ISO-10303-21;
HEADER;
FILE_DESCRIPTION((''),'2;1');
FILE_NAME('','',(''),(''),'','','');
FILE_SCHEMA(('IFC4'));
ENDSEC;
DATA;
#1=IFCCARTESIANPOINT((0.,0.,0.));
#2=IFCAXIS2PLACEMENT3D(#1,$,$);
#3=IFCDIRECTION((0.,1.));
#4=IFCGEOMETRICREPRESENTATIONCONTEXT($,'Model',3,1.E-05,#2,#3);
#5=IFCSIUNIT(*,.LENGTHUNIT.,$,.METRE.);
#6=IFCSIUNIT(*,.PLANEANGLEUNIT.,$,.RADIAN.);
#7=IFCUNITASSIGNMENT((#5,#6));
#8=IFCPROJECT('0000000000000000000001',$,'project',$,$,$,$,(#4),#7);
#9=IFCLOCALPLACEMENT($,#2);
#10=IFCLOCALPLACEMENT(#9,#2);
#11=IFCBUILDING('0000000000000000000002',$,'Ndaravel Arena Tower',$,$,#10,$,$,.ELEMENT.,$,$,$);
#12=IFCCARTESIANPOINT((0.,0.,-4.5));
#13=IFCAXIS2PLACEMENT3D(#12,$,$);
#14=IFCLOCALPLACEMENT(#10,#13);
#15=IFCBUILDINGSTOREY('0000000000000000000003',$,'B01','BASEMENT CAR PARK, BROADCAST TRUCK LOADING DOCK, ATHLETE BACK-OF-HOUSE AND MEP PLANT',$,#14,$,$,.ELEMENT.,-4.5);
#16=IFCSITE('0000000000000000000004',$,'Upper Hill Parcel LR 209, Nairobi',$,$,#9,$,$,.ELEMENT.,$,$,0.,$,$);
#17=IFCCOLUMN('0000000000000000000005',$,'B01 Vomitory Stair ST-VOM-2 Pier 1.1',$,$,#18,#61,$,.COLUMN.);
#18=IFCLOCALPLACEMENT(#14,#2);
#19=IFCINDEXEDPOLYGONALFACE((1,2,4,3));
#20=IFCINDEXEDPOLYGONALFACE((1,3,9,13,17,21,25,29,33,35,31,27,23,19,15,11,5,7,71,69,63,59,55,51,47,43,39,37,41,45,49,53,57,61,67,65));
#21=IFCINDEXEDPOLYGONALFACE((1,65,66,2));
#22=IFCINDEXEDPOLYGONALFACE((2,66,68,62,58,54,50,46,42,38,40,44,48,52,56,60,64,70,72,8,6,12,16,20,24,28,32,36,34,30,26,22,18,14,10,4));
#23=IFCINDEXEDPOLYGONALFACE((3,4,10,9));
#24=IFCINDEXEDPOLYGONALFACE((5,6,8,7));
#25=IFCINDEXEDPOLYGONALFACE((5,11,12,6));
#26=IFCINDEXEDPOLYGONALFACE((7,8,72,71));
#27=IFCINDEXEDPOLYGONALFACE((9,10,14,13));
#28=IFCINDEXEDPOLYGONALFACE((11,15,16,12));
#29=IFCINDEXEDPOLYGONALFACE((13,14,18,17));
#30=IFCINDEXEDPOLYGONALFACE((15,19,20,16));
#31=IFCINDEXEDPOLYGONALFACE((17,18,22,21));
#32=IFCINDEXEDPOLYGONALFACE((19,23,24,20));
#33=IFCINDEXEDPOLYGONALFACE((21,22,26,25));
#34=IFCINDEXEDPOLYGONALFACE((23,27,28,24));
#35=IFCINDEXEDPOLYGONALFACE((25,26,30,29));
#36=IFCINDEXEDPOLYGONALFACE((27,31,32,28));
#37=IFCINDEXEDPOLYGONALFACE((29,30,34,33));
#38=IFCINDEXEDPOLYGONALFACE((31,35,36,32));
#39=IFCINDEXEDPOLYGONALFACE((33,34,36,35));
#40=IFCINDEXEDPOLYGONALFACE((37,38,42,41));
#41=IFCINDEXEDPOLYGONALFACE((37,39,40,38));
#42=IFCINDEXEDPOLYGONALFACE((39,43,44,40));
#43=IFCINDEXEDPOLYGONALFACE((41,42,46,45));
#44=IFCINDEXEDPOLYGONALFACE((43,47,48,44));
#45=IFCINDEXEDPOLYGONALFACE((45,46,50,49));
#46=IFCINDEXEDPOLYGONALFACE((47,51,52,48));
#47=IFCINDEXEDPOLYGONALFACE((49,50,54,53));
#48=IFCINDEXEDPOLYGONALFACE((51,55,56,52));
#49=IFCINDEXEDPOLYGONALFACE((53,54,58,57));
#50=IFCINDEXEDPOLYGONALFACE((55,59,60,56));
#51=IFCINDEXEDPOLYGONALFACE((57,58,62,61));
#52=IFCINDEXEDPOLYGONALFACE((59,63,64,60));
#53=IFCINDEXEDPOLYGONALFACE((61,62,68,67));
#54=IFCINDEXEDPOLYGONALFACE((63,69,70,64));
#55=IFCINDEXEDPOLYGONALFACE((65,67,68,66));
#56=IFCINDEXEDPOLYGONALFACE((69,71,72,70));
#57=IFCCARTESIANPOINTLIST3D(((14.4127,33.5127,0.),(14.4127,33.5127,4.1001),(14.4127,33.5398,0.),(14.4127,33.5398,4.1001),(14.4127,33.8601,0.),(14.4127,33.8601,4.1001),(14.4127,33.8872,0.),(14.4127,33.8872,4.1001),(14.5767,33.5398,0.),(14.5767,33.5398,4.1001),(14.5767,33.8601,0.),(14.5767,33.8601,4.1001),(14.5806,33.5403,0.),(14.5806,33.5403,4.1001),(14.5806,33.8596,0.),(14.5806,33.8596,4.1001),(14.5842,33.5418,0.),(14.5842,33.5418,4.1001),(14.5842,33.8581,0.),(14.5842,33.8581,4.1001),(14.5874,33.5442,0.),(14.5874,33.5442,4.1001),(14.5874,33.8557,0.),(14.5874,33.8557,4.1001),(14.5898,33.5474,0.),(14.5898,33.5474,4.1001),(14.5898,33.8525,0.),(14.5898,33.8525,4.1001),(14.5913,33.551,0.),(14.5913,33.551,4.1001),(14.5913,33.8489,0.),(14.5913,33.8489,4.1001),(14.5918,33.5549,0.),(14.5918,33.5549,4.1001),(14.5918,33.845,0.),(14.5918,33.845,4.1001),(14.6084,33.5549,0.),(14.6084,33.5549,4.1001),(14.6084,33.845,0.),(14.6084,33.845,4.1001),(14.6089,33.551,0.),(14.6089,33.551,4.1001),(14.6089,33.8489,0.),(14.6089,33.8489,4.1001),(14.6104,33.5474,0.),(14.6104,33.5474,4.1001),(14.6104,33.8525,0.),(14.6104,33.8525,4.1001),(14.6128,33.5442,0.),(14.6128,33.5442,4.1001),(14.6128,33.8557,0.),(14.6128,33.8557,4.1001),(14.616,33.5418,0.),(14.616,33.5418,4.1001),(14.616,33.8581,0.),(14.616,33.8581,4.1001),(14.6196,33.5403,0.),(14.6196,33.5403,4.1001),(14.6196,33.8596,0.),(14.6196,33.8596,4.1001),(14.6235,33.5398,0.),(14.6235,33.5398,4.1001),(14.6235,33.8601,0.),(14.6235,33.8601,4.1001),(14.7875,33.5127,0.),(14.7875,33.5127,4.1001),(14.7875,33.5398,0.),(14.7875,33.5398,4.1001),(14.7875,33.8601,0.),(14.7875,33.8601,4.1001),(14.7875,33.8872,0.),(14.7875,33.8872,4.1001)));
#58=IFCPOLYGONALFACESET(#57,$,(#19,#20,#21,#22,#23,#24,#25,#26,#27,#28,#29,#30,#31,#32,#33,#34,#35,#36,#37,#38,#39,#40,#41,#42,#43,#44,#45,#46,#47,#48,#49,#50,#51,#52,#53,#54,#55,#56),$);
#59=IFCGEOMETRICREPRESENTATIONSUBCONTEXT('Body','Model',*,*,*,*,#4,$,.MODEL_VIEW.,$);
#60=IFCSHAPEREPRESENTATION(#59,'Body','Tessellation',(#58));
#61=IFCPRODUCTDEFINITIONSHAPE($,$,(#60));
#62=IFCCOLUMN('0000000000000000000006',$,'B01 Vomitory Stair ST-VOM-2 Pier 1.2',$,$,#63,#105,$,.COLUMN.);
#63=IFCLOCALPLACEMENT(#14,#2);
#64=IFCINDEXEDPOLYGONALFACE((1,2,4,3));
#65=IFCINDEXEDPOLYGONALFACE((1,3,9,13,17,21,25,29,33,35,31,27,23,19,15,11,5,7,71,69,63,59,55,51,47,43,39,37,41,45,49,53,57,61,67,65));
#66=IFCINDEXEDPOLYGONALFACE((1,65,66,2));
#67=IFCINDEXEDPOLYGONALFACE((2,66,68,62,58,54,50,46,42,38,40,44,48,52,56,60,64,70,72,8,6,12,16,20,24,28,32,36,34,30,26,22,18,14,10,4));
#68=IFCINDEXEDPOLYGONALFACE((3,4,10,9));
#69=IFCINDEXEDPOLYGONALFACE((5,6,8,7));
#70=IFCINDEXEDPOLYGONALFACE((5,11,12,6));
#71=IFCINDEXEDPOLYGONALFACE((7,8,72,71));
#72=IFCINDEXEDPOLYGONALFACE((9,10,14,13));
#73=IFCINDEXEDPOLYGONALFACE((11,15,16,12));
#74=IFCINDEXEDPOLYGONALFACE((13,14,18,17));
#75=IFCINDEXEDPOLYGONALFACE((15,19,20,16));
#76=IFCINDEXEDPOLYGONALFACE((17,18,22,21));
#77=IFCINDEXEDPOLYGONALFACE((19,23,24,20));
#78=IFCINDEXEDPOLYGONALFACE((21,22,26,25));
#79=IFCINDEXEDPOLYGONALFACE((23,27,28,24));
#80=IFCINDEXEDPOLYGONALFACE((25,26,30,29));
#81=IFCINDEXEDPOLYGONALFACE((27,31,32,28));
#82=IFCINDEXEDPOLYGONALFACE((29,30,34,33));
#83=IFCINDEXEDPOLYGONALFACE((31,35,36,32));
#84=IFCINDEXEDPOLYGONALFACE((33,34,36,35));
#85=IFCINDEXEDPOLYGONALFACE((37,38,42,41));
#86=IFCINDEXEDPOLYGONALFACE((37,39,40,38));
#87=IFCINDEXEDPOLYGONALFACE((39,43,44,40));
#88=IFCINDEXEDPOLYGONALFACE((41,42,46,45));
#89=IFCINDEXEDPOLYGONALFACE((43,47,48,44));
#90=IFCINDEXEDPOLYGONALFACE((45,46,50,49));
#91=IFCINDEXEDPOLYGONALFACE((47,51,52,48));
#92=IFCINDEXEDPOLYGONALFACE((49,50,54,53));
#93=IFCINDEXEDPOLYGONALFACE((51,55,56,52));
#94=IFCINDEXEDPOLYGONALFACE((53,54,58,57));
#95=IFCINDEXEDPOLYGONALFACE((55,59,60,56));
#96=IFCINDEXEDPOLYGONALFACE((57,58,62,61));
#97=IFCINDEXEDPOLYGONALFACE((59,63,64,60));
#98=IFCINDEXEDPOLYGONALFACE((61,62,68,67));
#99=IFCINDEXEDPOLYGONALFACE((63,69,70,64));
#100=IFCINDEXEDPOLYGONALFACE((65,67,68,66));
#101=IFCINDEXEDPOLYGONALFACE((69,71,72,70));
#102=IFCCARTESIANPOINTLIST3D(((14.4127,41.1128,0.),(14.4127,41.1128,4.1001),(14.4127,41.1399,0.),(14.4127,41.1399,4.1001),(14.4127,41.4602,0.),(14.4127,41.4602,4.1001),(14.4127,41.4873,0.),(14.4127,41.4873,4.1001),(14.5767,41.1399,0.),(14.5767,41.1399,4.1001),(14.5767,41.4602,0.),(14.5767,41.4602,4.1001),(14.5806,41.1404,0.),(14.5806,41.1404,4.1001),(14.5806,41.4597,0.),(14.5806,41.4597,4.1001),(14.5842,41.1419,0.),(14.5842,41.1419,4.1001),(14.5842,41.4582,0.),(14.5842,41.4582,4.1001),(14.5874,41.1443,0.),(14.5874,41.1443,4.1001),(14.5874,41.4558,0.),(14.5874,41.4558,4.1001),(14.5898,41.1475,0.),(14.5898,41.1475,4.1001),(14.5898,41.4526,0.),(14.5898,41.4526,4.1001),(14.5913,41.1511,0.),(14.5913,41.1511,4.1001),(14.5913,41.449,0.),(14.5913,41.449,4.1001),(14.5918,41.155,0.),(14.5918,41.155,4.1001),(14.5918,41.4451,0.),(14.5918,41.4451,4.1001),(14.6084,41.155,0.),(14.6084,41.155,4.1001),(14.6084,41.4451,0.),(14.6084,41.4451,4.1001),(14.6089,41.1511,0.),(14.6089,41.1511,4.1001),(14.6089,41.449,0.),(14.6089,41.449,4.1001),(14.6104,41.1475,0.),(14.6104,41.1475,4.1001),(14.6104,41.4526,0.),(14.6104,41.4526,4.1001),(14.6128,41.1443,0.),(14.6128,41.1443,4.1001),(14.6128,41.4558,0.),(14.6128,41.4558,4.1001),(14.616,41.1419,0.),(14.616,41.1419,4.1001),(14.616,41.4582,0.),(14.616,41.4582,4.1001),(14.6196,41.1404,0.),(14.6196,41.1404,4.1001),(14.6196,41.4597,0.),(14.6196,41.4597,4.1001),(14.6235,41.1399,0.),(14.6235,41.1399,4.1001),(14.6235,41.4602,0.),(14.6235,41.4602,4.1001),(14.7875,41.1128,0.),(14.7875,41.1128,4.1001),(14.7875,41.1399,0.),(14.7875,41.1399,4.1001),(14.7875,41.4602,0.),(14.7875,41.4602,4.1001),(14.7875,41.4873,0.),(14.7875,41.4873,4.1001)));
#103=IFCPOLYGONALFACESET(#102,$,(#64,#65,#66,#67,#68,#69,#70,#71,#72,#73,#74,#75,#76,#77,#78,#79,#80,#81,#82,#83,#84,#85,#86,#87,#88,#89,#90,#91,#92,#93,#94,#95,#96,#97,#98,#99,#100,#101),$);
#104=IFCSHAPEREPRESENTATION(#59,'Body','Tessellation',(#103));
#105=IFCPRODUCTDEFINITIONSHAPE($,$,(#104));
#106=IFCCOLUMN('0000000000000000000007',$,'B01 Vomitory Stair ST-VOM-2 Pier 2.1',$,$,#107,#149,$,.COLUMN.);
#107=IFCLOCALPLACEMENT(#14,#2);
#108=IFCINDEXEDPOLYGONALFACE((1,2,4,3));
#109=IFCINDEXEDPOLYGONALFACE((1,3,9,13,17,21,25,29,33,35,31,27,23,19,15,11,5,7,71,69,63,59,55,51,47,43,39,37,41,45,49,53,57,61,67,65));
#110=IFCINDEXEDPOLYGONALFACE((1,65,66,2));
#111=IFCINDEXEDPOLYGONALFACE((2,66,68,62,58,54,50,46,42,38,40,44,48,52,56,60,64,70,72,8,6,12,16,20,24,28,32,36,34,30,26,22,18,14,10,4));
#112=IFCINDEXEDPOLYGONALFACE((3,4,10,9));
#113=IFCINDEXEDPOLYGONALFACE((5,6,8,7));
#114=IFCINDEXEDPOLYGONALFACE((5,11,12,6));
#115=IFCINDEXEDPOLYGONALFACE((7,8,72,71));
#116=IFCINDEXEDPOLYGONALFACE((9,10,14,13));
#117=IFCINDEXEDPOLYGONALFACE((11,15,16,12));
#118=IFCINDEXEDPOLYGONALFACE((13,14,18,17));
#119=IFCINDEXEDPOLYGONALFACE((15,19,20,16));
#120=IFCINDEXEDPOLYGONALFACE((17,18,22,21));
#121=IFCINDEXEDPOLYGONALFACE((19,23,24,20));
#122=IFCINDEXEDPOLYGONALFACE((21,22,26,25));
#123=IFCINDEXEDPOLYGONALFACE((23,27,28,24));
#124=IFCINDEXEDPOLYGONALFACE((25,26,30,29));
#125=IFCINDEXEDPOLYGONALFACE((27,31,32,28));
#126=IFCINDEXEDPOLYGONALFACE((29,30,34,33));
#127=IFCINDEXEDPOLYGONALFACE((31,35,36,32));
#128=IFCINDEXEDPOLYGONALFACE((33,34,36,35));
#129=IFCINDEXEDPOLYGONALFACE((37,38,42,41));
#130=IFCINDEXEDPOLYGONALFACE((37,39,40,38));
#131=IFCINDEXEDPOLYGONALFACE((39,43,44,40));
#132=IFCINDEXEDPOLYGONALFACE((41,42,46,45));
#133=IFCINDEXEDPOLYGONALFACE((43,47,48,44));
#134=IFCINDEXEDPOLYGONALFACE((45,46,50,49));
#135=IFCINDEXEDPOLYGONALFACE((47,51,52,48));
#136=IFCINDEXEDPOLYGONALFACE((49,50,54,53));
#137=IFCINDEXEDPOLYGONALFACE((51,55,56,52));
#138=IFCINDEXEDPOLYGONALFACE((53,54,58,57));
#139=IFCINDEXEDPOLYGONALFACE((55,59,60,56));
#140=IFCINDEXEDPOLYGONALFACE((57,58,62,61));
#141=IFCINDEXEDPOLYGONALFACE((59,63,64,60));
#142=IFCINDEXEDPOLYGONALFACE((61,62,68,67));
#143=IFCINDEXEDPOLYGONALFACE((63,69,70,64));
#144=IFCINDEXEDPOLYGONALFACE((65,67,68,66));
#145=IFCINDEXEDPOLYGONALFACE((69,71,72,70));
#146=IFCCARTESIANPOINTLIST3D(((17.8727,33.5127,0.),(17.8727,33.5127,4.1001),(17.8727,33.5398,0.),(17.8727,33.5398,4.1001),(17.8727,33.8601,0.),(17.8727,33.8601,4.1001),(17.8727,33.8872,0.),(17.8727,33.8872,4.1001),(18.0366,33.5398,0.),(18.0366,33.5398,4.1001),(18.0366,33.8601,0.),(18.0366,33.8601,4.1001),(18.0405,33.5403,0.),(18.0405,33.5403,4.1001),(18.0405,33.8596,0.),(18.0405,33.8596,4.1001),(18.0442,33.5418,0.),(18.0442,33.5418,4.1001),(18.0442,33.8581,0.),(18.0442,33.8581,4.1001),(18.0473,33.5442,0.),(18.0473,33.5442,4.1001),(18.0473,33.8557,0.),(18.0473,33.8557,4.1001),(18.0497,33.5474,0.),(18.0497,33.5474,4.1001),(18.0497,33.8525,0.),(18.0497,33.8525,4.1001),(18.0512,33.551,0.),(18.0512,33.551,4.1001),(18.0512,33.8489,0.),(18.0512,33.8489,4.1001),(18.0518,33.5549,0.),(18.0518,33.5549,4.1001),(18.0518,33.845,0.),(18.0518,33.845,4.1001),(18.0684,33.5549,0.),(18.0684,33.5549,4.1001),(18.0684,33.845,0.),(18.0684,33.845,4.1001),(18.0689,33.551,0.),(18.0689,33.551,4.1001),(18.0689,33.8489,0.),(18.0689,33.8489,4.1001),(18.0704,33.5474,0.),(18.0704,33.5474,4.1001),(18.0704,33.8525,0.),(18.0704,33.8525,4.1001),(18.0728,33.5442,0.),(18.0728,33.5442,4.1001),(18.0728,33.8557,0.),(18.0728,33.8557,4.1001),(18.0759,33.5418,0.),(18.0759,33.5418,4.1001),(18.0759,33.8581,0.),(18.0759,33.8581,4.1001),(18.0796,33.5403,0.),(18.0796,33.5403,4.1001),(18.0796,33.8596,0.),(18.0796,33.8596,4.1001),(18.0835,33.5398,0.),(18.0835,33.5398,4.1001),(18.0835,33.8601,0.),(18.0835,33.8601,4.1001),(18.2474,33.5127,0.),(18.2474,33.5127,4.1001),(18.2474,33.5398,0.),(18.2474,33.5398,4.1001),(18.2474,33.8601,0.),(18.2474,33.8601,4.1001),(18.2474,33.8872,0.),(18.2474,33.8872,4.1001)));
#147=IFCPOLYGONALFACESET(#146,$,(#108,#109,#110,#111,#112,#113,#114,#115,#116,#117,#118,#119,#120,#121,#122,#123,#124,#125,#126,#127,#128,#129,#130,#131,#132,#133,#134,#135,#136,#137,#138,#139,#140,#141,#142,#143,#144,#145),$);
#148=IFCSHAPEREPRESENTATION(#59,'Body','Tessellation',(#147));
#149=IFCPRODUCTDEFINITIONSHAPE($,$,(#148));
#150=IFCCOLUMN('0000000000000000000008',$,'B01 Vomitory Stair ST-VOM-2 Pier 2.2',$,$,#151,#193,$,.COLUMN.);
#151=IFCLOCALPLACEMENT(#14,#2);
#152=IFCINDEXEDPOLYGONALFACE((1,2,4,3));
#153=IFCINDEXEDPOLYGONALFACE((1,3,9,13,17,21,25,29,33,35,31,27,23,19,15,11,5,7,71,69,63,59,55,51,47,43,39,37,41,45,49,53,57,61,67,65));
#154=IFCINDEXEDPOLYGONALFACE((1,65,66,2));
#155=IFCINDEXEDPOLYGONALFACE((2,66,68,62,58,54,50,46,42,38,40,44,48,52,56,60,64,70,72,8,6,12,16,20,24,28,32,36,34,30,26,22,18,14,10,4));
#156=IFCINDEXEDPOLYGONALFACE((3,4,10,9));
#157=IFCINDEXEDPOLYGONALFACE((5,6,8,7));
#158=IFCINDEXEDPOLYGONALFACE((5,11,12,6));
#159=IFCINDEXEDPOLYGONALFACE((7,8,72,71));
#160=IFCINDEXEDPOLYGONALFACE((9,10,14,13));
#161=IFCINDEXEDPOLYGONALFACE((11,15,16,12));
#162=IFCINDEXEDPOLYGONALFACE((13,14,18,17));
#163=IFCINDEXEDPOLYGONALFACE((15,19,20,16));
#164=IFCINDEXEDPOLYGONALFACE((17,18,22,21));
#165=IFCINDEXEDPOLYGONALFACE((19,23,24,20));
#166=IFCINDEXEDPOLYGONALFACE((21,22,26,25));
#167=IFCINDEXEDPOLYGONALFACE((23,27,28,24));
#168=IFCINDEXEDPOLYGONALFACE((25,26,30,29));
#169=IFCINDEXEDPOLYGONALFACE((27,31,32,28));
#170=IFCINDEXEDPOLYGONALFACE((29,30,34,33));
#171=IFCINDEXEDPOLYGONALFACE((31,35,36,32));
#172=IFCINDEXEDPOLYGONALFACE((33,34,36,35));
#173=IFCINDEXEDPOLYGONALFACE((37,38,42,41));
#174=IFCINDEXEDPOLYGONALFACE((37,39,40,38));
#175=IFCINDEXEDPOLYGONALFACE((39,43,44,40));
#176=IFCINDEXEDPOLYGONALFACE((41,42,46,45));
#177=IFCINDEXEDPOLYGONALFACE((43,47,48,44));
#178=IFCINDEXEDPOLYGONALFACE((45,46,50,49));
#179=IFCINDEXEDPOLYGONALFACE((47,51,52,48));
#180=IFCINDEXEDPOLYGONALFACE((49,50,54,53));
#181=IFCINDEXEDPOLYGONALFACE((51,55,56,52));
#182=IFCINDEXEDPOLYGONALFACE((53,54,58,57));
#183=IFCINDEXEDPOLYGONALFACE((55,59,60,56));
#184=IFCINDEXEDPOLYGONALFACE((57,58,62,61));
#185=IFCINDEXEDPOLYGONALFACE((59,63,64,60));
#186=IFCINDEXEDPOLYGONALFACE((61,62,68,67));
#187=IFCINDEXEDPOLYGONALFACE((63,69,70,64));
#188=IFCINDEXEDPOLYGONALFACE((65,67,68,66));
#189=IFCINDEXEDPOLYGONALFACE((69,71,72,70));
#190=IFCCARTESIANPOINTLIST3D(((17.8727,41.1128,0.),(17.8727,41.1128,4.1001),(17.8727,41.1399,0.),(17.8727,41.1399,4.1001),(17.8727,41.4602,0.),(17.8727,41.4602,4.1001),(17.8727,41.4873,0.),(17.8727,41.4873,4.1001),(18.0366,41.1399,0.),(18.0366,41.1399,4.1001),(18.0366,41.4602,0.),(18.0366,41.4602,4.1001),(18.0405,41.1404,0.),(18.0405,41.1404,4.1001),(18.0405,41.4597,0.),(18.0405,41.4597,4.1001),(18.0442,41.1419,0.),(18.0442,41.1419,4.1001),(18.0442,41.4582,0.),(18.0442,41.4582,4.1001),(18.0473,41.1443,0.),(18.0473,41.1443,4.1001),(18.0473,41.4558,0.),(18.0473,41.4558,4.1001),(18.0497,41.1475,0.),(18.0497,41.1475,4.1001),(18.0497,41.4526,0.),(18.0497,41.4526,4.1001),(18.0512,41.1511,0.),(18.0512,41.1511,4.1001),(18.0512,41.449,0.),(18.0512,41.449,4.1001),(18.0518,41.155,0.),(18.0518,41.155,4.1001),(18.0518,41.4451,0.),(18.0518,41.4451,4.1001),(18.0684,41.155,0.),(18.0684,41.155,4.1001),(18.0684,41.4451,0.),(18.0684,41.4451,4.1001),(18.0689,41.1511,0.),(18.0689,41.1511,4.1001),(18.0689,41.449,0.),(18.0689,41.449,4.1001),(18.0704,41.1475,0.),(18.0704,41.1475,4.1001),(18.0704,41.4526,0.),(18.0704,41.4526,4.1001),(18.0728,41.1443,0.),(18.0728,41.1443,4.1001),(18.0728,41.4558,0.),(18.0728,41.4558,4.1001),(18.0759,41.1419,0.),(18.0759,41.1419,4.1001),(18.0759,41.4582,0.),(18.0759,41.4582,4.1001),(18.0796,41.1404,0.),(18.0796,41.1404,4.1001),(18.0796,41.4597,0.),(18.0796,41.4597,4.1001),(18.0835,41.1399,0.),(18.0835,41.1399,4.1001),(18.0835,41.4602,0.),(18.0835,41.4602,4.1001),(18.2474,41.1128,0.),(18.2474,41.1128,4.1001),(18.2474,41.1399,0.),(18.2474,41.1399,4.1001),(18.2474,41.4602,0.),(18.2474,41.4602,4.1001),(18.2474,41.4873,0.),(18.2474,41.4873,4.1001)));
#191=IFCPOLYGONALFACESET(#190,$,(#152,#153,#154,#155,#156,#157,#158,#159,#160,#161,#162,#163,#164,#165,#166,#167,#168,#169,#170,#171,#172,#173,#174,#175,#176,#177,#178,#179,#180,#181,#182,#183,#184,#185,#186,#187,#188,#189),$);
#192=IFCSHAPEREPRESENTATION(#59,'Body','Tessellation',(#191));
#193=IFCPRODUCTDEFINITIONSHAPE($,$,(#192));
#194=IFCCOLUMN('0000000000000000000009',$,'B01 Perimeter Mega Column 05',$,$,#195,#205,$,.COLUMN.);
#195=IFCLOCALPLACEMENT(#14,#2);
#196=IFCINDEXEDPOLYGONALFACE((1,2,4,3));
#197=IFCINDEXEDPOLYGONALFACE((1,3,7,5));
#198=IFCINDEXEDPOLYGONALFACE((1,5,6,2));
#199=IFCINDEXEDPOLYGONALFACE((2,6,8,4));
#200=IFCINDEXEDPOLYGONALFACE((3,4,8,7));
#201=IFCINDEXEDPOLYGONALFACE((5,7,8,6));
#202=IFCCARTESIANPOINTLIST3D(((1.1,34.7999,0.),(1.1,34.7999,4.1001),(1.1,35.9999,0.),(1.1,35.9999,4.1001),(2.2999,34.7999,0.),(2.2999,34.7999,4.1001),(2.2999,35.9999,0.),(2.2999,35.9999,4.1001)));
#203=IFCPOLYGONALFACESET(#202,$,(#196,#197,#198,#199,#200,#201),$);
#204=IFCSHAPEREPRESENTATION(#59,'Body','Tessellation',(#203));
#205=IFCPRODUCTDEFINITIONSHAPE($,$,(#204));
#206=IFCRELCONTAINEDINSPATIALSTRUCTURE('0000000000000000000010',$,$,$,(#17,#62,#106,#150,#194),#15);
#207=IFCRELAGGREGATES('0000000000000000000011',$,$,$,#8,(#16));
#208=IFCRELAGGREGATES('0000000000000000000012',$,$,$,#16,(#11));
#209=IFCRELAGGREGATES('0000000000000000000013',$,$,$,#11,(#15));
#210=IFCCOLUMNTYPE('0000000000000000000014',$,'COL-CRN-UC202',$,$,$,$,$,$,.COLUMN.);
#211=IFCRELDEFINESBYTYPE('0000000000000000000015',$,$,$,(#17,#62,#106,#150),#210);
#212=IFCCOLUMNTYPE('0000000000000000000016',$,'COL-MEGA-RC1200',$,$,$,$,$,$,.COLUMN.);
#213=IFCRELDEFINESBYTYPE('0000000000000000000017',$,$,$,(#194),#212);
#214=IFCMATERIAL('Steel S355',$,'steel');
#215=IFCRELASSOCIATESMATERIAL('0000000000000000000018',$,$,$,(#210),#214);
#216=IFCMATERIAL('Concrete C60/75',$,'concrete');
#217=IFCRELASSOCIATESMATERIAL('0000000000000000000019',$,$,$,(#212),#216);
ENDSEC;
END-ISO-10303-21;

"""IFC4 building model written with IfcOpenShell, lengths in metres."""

from ifc_helpers import new_model, si_unit, direction, frame, origin, origin_2d, place, context, subcontext, project, spatial, rectangle, i_section, extrude, material, material_profile, profile_set, type_object, element, save


model = new_model("IFC4")

# Units and contexts
model_context = context("Model", 3, precision=1e-05, world=origin(), true_north=direction((0.0, 1.0)))
body_context = subcontext(model_context, "Body", "Model", "MODEL_VIEW")
ifc_project = project(units=[si_unit("LENGTHUNIT", "METRE"), si_unit("PLANEANGLEUNIT", "RADIAN")], contexts=[model_context])

# Site, building, storey
site_placement = place(None, origin())
site = spatial("IfcSite", under=ifc_project, at=site_placement, Name="Upper Hill Parcel LR 209, Nairobi", CompositionType="ELEMENT", RefElevation=0.0)
building_placement = place(site_placement, origin())
building = spatial("IfcBuilding", under=site, at=building_placement, Name="Ndaravel Arena Tower", CompositionType="ELEMENT")
storey_placement = place(building_placement, frame((0.0, 0.0, -4.5)))
storey = spatial("IfcBuildingStorey", under=building, at=storey_placement, Name="B01", Description="BASEMENT CAR PARK, BROADCAST TRUCK LOADING DOCK, ATHLETE BACK-OF-HOUSE AND MEP PLANT", CompositionType="ELEMENT", Elevation=-4.5)

# Columns
ifc_material_1 = material(Name="Steel S355", Category="steel")
ifc_material_profile_1 = material_profile(ifc_material_1, i_section(OverallWidth=0.3748, OverallDepth=0.3745, WebThickness=0.0166, FlangeThickness=0.0271, FilletRadius=0.0151, at=origin_2d()), Name="UC 356x368x202")
ifc_profile_set_1 = profile_set([ifc_material_profile_1], Name="Steel S355")
column_type_1 = type_object("IfcColumnType", Name="COL-CRN-UC202", PredefinedType="COLUMN", material=ifc_profile_set_1)
for number, where, z_axis, x_axis, name in (
    (1, (14.6001, 33.7, 0.0), (0.0, 0.0, 1.0), (1.0, 0.0, 0.0), "B01 Vomitory Stair ST-VOM-2 Pier 1.1"),
    (2, (14.6001, 41.3, 0.0), (0.0, 0.0, 1.0), (1.0, 0.0, 0.0), "B01 Vomitory Stair ST-VOM-2 Pier 1.2"),
    (3, (18.0601, 33.7, 0.0), (0.0, 0.0, 1.0), (1.0, 0.0, 0.0), "B01 Vomitory Stair ST-VOM-2 Pier 2.1"),
    (4, (18.0601, 41.3, 0.0), (0.0, 0.0, 1.0), (1.0, 0.0, 0.0), "B01 Vomitory Stair ST-VOM-2 Pier 2.2"),
):
    element("IfcColumn", number, at=place(storey_placement, frame(where, z_axis=z_axis, x_axis=x_axis)), inside=storey, type_object=column_type_1, Name=name, PredefinedType="COLUMN", context=body_context, shape_type="SweptSolid", body=[
        extrude(i_section(OverallWidth=0.3748, OverallDepth=0.3745, WebThickness=0.0166, FlangeThickness=0.0271, FilletRadius=0.0151, at=origin_2d()), origin(), (0.0, 0.0, 1.0), 4.1001),
    ])
ifc_material_2 = material(Name="Concrete C60/75", Category="concrete")
ifc_material_profile_2 = material_profile(ifc_material_2, rectangle(XDim=1.2, YDim=1.2, at=origin_2d()), Name="RC 1200x1200")
ifc_profile_set_2 = profile_set([ifc_material_profile_2], Name="Concrete C60/75")
column_type_2 = type_object("IfcColumnType", Name="COL-MEGA-RC1200", PredefinedType="COLUMN", material=ifc_profile_set_2)
for number, where, z_axis, x_axis, name in (
    (5, (1.7, 35.3999, 0.0), (0.0, 0.0, 1.0), (1.0, 0.0, 0.0), "B01 Perimeter Mega Column 05"),
):
    element("IfcColumn", number, at=place(storey_placement, frame(where, z_axis=z_axis, x_axis=x_axis)), inside=storey, type_object=column_type_2, Name=name, PredefinedType="COLUMN", context=body_context, shape_type="SweptSolid", body=[
        extrude(rectangle(XDim=1.2, YDim=1.2, at=origin_2d()), origin(), (0.0, 0.0, 1.0), 4.1001),
    ])

save(model, "model.ifc")
